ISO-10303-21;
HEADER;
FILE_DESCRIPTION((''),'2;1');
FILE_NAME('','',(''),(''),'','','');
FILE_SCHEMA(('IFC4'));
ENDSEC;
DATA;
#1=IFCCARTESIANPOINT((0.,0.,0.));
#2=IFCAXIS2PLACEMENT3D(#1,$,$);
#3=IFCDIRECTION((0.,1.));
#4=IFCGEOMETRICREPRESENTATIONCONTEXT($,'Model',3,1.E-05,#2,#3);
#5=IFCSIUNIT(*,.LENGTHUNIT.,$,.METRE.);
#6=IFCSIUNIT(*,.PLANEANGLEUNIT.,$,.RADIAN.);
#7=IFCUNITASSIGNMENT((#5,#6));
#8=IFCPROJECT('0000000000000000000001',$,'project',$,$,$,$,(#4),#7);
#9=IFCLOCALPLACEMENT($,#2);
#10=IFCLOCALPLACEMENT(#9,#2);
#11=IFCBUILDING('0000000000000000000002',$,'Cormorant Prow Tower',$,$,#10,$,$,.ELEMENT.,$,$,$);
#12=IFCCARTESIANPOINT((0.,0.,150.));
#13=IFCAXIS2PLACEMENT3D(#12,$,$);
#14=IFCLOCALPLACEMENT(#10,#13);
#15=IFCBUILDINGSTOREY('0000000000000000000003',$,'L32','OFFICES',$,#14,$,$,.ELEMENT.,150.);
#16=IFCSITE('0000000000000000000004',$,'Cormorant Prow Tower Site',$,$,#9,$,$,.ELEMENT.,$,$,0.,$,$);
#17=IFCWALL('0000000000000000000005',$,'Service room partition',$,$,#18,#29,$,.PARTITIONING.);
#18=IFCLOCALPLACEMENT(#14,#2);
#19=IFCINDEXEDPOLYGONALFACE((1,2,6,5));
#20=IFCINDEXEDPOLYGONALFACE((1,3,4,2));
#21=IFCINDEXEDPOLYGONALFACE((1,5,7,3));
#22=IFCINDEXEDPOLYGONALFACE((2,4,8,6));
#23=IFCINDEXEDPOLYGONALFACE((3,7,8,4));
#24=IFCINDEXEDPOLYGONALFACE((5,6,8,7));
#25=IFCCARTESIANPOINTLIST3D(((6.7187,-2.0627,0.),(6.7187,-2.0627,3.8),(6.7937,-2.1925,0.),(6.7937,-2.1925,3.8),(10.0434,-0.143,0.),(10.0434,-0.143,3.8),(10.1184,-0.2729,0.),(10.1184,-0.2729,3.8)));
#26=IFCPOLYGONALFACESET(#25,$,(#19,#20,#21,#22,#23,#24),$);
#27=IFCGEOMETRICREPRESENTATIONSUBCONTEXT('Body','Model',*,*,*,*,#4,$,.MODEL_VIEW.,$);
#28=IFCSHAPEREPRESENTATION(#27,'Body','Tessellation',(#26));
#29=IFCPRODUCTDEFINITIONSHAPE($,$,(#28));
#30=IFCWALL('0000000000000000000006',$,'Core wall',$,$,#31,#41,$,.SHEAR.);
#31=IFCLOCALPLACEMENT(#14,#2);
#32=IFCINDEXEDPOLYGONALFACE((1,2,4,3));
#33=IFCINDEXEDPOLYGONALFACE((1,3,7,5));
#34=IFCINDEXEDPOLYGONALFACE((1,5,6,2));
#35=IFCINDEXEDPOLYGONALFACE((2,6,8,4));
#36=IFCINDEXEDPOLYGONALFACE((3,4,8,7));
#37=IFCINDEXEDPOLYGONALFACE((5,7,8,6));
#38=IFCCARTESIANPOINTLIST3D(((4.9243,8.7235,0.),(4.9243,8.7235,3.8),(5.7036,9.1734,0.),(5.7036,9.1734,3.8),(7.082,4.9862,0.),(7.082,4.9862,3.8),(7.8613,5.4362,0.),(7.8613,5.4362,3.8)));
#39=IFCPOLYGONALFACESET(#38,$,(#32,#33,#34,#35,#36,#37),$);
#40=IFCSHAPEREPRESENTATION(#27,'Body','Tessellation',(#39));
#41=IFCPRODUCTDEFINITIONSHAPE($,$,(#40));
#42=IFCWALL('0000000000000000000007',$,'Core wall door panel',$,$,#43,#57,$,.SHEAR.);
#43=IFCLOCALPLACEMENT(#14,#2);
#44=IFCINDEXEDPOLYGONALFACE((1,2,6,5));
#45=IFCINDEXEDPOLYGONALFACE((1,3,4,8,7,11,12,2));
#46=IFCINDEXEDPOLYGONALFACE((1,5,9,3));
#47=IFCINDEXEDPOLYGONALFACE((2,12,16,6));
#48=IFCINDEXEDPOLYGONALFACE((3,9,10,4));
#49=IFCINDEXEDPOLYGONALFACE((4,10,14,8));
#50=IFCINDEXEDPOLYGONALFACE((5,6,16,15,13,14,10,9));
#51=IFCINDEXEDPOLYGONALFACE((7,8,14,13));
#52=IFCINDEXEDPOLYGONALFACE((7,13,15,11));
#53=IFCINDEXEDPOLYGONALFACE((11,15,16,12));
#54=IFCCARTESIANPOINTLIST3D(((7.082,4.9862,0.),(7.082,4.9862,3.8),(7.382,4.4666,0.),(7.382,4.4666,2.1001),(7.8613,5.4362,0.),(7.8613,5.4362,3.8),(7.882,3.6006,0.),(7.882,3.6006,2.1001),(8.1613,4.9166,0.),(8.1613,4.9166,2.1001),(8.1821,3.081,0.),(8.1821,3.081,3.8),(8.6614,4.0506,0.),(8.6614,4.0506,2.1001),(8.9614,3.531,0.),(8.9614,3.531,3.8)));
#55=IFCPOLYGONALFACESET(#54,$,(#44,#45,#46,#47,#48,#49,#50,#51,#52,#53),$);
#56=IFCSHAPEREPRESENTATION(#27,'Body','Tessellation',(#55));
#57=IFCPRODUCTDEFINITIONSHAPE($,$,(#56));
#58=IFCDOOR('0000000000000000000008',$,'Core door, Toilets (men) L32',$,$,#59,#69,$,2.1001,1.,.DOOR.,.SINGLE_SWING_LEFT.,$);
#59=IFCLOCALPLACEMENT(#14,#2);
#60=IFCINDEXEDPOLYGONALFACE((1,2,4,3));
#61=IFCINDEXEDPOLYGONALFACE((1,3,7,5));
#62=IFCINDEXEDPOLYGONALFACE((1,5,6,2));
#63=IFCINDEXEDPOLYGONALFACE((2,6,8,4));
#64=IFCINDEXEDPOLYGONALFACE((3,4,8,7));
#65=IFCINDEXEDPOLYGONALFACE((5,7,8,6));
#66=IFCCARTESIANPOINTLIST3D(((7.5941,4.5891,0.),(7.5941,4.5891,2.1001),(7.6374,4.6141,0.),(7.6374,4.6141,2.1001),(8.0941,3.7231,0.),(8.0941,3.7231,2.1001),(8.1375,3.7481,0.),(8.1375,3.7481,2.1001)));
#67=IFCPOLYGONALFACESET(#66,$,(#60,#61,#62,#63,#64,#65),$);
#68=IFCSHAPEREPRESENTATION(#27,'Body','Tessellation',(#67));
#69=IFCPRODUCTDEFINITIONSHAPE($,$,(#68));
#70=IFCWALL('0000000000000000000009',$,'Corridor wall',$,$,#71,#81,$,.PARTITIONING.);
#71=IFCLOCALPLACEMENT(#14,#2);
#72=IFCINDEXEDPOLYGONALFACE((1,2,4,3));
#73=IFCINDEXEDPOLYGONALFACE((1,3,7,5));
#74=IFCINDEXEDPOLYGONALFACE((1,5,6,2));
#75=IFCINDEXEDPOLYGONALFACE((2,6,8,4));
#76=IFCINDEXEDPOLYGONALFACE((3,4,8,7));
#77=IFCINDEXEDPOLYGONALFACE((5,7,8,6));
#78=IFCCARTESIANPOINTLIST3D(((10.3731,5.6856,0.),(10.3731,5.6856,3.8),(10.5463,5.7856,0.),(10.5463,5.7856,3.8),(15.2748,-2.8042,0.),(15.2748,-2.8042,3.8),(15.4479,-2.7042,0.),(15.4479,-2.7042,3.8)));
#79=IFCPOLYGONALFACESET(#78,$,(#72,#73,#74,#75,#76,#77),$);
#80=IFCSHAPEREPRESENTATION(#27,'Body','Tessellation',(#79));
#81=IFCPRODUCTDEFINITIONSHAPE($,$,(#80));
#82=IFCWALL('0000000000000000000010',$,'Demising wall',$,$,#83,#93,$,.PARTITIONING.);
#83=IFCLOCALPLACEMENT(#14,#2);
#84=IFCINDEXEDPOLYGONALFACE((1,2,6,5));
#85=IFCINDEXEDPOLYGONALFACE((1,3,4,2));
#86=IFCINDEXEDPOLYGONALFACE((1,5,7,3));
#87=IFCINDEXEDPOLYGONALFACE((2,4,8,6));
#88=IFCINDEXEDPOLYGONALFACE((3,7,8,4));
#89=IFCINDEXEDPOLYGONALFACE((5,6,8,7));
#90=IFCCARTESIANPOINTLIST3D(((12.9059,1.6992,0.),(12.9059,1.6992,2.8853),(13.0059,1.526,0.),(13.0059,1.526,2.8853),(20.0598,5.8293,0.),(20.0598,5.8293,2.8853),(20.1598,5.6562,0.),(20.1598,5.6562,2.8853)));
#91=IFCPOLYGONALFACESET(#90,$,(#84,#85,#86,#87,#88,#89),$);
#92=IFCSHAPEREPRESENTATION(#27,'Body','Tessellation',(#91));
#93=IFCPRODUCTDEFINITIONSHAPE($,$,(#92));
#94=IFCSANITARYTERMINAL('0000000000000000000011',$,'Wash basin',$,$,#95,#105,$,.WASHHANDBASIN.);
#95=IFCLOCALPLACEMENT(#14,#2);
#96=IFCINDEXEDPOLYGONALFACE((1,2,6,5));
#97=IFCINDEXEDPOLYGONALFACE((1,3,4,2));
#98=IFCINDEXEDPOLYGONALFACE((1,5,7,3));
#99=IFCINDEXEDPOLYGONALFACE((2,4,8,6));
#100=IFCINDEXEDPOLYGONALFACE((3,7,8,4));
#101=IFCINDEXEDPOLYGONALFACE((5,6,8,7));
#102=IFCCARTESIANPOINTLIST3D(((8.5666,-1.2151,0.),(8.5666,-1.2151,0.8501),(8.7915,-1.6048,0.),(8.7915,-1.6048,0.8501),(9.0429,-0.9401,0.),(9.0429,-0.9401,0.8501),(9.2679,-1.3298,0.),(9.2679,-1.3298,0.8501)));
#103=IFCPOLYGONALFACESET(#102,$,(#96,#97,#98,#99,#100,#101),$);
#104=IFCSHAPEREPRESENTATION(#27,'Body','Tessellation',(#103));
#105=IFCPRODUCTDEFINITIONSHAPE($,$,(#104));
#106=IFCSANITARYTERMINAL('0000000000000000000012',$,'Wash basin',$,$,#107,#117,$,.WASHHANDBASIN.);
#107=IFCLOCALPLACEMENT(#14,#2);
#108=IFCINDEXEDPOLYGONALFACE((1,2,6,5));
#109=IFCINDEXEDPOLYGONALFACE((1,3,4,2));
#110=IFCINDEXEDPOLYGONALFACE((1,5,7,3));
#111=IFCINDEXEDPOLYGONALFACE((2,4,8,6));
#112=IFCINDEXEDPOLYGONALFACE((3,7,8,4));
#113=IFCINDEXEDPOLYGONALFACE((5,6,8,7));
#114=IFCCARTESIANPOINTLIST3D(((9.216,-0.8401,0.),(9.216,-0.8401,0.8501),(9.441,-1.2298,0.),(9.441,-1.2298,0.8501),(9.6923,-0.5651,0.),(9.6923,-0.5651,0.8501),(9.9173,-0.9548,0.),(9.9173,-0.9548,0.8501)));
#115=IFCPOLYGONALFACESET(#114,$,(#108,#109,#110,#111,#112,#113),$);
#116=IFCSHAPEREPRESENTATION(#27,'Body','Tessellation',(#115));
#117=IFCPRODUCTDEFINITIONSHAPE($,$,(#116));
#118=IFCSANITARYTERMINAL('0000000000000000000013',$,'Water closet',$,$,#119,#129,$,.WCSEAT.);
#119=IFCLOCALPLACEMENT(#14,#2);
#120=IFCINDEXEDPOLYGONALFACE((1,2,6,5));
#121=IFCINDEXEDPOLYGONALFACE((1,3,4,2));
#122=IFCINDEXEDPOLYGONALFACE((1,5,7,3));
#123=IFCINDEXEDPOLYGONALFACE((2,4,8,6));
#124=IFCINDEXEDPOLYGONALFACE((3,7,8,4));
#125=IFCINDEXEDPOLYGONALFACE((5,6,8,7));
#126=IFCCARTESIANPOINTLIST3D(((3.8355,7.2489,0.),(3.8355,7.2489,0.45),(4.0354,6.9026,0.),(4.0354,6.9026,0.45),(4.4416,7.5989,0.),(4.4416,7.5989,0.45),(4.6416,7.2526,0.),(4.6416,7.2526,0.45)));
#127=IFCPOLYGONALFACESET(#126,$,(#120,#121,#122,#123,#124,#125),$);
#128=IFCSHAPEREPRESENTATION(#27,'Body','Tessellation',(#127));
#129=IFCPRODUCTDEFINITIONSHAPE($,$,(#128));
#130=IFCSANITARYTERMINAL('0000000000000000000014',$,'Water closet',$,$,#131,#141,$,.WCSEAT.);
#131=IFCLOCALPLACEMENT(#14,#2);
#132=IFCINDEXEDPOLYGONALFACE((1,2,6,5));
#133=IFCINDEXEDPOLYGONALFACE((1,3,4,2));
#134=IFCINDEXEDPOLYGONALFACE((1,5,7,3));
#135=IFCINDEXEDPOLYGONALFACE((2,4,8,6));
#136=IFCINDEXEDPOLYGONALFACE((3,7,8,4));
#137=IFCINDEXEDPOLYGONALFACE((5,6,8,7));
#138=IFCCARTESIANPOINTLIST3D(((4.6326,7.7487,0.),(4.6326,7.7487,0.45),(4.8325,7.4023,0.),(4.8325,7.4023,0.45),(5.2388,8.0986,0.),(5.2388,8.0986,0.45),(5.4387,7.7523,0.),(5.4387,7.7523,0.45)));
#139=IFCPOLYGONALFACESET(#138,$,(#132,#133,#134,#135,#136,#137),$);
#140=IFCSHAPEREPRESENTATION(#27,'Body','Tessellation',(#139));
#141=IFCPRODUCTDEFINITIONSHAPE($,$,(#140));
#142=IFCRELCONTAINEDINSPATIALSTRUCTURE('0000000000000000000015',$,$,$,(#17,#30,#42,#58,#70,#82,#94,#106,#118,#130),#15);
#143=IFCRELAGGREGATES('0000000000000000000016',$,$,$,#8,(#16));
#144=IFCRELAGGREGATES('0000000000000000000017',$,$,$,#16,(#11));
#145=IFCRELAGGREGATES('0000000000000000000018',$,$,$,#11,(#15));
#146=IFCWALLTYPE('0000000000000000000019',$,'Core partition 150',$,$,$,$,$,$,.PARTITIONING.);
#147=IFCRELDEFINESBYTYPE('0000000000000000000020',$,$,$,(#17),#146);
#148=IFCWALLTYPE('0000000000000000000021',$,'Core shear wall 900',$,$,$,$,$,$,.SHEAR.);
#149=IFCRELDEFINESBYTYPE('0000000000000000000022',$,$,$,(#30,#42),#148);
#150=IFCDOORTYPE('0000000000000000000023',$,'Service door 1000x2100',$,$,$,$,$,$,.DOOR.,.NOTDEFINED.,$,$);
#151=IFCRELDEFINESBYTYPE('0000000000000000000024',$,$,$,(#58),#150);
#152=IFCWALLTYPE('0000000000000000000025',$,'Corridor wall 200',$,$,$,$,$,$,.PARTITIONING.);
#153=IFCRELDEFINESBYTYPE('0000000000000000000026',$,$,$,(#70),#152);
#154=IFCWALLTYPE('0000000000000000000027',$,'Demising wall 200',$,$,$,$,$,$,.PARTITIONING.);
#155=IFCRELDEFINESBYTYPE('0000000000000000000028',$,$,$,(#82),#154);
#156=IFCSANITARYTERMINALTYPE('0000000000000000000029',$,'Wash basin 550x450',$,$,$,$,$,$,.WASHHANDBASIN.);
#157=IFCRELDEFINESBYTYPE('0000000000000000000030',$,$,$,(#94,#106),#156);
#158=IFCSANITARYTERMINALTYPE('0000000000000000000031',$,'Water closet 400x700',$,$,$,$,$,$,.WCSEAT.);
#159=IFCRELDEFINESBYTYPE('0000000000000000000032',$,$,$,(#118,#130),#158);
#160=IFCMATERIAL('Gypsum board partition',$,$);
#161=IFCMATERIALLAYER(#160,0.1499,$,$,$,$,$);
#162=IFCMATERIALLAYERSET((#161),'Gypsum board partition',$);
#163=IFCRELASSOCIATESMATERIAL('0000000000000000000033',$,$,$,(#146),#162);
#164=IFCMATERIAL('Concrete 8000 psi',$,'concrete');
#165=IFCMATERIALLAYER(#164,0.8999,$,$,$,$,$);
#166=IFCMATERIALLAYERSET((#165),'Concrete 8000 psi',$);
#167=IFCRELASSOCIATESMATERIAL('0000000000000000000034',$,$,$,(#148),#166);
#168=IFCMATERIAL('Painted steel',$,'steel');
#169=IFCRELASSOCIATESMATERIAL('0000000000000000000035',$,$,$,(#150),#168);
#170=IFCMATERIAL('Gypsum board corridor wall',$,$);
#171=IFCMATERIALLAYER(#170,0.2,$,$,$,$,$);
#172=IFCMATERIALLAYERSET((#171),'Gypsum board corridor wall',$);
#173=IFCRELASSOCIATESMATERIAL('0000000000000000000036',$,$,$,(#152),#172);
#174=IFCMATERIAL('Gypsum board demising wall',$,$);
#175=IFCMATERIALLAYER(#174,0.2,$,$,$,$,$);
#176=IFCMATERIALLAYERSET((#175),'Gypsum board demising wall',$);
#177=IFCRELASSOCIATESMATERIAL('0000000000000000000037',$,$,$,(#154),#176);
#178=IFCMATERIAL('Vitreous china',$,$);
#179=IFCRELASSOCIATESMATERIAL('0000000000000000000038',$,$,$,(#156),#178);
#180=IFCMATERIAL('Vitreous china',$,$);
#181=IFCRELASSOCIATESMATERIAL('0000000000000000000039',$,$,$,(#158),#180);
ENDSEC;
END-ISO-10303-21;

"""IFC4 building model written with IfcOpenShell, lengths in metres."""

from ifc_helpers import new_model, si_unit, direction, frame, frame_2d, origin, origin_2d, place, context, subcontext, project, spatial, rectangle, extrude, material, layer, layer_set, type_object, element, fill, save


model = new_model("IFC4")

# Units and contexts
model_context = context("Model", 3, precision=1e-05, world=origin(), true_north=direction((0.0, 1.0)))
body_context = subcontext(model_context, "Body", "Model", "MODEL_VIEW")
ifc_project = project(units=[si_unit("LENGTHUNIT", "METRE"), si_unit("PLANEANGLEUNIT", "RADIAN")], contexts=[model_context])

# Site, building, storey
site_placement = place(None, origin())
site = spatial("IfcSite", under=ifc_project, at=site_placement, Name="Cormorant Prow Tower Site", CompositionType="ELEMENT", RefElevation=0.0)
building_placement = place(site_placement, origin())
building = spatial("IfcBuilding", under=site, at=building_placement, Name="Cormorant Prow Tower", CompositionType="ELEMENT")
storey_placement = place(building_placement, frame((0.0, 0.0, 150.0)))
storey = spatial("IfcBuildingStorey", under=building, at=storey_placement, Name="L32", Description="OFFICES", CompositionType="ELEMENT", Elevation=150.0)

# Walls
ifc_material_1 = material(Name="Gypsum board partition")
ifc_layer_1 = layer(ifc_material_1, 0.1499)
ifc_layer_set_1 = layer_set([ifc_layer_1], Name="Gypsum board partition")
wall_type_1 = type_object("IfcWallType", Name="Core partition 150", PredefinedType="PARTITIONING", material=ifc_layer_set_1)
wall_1_placement = place(storey_placement, frame((10.0808, -0.208, 0.0), z_axis=(0.0, 0.0, 1.0), x_axis=(-0.866008, -0.500031, 0.0)))
element("IfcWall", 1, at=wall_1_placement, inside=storey, type_object=wall_type_1, Name="Service room partition", PredefinedType="PARTITIONING", context=body_context, shape_type="SweptSolid", body=[
    extrude(rectangle(XDim=3.8391, YDim=0.1499, at=frame_2d((1.9194, 0.0))), origin(), (0.0, 0.0, 1.0), 3.8),
])
ifc_material_2 = material(Name="Concrete 8000 psi", Category="concrete")
ifc_layer_2 = layer(ifc_material_2, 0.8999)
ifc_layer_set_2 = layer_set([ifc_layer_2], Name="Concrete 8000 psi")
wall_type_2 = type_object("IfcWallType", Name="Core shear wall 900", PredefinedType="SHEAR", material=ifc_layer_set_2)
wall_2_placement = place(storey_placement, frame((7.4717, 5.2112, 0.0), z_axis=(0.0, 0.0, 1.0), x_axis=(-0.499997, 0.866027, 0.0)))
element("IfcWall", 2, at=wall_2_placement, inside=storey, type_object=wall_type_2, Name="Core wall", PredefinedType="SHEAR", context=body_context, shape_type="SweptSolid", body=[
    extrude(rectangle(XDim=4.3154, YDim=0.8999, at=frame_2d((2.1577, 0.0))), origin(), (0.0, 0.0, 1.0), 3.8),
])

# Wall, opening, door
wall_3_placement = place(storey_placement, frame((8.5718, 3.3059, 0.0), z_axis=(0.0, 0.0, 1.0), x_axis=(-0.50003, 0.866008, 0.0)))
wall_3 = element("IfcWall", 3, at=wall_3_placement, inside=storey, type_object=wall_type_2, Name="Core wall door panel", PredefinedType="SHEAR", context=body_context, shape_type="SweptSolid", body=[
    extrude(rectangle(XDim=2.2, YDim=0.8999, at=frame_2d((1.1001, 0.0))), origin(), (0.0, 0.0, 1.0), 3.8),
])
opening_1_placement = place(wall_3_placement, frame((0.6001, 0.0, 0.0)))
opening_1 = element("IfcOpeningElement", 4, at=opening_1_placement, cuts=wall_3, PredefinedType="OPENING", context=body_context, shape_type="SweptSolid", body=[
    extrude(rectangle(XDim=1.0, YDim=2.1001, at=frame_2d((0.5, 1.05))), frame((0.0, 0.46, 0.0), z_axis=(0.0, -1.0, 0.0), x_axis=(1.0, 0.0, 0.0)), (0.0, 0.0, 1.0), 0.9199),
])
ifc_material_3 = material(Name="Painted steel", Category="steel")
door_type_1 = type_object("IfcDoorType", Name="Service door 1000x2100", OperationType="NOTDEFINED", PredefinedType="DOOR", material=ifc_material_3)
door_1_placement = place(opening_1_placement, origin())
door_1 = element("IfcDoor", 5, at=door_1_placement, inside=storey, type_object=door_type_1, Name="Core door, Toilets (men) L32", OperationType="SINGLE_SWING_LEFT", OverallHeight=2.1001, OverallWidth=1.0, PredefinedType="DOOR", context=body_context, shape_type="SweptSolid", body=[
    extrude(rectangle(XDim=1.0, YDim=2.1001, at=frame_2d((0.5, 1.05))), frame((0.0, 0.2051, 0.0), z_axis=(0.0, -1.0, 0.0), x_axis=(1.0, 0.0, 0.0)), (0.0, 0.0, 1.0), 0.05),
])
fill(opening_1, door_1)

# Walls
ifc_material_4 = material(Name="Gypsum board corridor wall")
ifc_layer_3 = layer(ifc_material_4, 0.2)
ifc_layer_set_3 = layer_set([ifc_layer_3], Name="Gypsum board corridor wall")
wall_type_3 = type_object("IfcWallType", Name="Corridor wall 200", PredefinedType="PARTITIONING", material=ifc_layer_set_3)
wall_4_placement = place(storey_placement, frame((10.4597, 5.7356, 0.0), z_axis=(0.0, 0.0, 1.0), x_axis=(0.500004, -0.866023, 0.0)))
element("IfcWall", 6, at=wall_4_placement, inside=storey, type_object=wall_type_3, Name="Corridor wall", PredefinedType="PARTITIONING", context=body_context, shape_type="SweptSolid", body=[
    extrude(rectangle(XDim=9.8032, YDim=0.2, at=frame_2d((4.9016, 0.0))), origin(), (0.0, 0.0, 1.0), 3.8),
])
ifc_material_5 = material(Name="Gypsum board demising wall")
ifc_layer_4 = layer(ifc_material_5, 0.2)
ifc_layer_set_4 = layer_set([ifc_layer_4], Name="Gypsum board demising wall")
wall_type_4 = type_object("IfcWallType", Name="Demising wall 200", PredefinedType="PARTITIONING", material=ifc_layer_set_4)
wall_5_placement = place(storey_placement, frame((12.9558, 1.6125, 0.0), z_axis=(0.0, 0.0, 1.0), x_axis=(0.866032, 0.499989, 0.0)))
element("IfcWall", 7, at=wall_5_placement, inside=storey, type_object=wall_type_4, Name="Demising wall", PredefinedType="PARTITIONING", context=body_context, shape_type="SweptSolid", body=[
    extrude(rectangle(XDim=8.2605, YDim=0.2, at=frame_2d((4.1304, 0.0))), origin(), (0.0, 0.0, 1.0), 2.8853),
])

# Sanitary terminals
ifc_material_6 = material(Name="Vitreous china")
sanitary_terminal_type_1 = type_object("IfcSanitaryTerminalType", Name="Wash basin 550x450", PredefinedType="WASHHANDBASIN", material=ifc_material_6)
for number, where, z_axis, x_axis, name in (
    (8, (8.9172, -1.2725, 0.0), (0.0, 0.0, 1.0), (-0.866025, -0.5, 0.0), "Wash basin"),
    (9, (9.5667, -0.8975, 0.0), (0.0, 0.0, 1.0), (-0.866025, -0.5, 0.0), "Wash basin"),
):
    element("IfcSanitaryTerminal", number, at=place(storey_placement, frame(where, z_axis=z_axis, x_axis=x_axis)), inside=storey, type_object=sanitary_terminal_type_1, Name=name, PredefinedType="WASHHANDBASIN", context=body_context, shape_type="SweptSolid", body=[
        extrude(rectangle(XDim=0.55, YDim=0.45, at=origin_2d()), origin(), (0.0, 0.0, 1.0), 0.8501),
    ])
ifc_material_7 = material(Name="Vitreous china")
sanitary_terminal_type_2 = type_object("IfcSanitaryTerminalType", Name="Water closet 400x700", PredefinedType="WCSEAT", material=ifc_material_7)
for number, where, z_axis, x_axis, name in (
    (10, (4.2385, 7.2507, 0.0), (0.0, 0.0, 1.0), (0.5, -0.866025, 0.0), "Water closet"),
    (11, (5.0356, 7.7505, 0.0), (0.0, 0.0, 1.0), (-0.5, 0.866025, 0.0), "Water closet"),
):
    element("IfcSanitaryTerminal", number, at=place(storey_placement, frame(where, z_axis=z_axis, x_axis=x_axis)), inside=storey, type_object=sanitary_terminal_type_2, Name=name, PredefinedType="WCSEAT", context=body_context, shape_type="SweptSolid", body=[
        extrude(rectangle(XDim=0.3999, YDim=0.7, at=origin_2d()), origin(), (0.0, 0.0, 1.0), 0.45),
    ])

save(model, "model.ifc")
